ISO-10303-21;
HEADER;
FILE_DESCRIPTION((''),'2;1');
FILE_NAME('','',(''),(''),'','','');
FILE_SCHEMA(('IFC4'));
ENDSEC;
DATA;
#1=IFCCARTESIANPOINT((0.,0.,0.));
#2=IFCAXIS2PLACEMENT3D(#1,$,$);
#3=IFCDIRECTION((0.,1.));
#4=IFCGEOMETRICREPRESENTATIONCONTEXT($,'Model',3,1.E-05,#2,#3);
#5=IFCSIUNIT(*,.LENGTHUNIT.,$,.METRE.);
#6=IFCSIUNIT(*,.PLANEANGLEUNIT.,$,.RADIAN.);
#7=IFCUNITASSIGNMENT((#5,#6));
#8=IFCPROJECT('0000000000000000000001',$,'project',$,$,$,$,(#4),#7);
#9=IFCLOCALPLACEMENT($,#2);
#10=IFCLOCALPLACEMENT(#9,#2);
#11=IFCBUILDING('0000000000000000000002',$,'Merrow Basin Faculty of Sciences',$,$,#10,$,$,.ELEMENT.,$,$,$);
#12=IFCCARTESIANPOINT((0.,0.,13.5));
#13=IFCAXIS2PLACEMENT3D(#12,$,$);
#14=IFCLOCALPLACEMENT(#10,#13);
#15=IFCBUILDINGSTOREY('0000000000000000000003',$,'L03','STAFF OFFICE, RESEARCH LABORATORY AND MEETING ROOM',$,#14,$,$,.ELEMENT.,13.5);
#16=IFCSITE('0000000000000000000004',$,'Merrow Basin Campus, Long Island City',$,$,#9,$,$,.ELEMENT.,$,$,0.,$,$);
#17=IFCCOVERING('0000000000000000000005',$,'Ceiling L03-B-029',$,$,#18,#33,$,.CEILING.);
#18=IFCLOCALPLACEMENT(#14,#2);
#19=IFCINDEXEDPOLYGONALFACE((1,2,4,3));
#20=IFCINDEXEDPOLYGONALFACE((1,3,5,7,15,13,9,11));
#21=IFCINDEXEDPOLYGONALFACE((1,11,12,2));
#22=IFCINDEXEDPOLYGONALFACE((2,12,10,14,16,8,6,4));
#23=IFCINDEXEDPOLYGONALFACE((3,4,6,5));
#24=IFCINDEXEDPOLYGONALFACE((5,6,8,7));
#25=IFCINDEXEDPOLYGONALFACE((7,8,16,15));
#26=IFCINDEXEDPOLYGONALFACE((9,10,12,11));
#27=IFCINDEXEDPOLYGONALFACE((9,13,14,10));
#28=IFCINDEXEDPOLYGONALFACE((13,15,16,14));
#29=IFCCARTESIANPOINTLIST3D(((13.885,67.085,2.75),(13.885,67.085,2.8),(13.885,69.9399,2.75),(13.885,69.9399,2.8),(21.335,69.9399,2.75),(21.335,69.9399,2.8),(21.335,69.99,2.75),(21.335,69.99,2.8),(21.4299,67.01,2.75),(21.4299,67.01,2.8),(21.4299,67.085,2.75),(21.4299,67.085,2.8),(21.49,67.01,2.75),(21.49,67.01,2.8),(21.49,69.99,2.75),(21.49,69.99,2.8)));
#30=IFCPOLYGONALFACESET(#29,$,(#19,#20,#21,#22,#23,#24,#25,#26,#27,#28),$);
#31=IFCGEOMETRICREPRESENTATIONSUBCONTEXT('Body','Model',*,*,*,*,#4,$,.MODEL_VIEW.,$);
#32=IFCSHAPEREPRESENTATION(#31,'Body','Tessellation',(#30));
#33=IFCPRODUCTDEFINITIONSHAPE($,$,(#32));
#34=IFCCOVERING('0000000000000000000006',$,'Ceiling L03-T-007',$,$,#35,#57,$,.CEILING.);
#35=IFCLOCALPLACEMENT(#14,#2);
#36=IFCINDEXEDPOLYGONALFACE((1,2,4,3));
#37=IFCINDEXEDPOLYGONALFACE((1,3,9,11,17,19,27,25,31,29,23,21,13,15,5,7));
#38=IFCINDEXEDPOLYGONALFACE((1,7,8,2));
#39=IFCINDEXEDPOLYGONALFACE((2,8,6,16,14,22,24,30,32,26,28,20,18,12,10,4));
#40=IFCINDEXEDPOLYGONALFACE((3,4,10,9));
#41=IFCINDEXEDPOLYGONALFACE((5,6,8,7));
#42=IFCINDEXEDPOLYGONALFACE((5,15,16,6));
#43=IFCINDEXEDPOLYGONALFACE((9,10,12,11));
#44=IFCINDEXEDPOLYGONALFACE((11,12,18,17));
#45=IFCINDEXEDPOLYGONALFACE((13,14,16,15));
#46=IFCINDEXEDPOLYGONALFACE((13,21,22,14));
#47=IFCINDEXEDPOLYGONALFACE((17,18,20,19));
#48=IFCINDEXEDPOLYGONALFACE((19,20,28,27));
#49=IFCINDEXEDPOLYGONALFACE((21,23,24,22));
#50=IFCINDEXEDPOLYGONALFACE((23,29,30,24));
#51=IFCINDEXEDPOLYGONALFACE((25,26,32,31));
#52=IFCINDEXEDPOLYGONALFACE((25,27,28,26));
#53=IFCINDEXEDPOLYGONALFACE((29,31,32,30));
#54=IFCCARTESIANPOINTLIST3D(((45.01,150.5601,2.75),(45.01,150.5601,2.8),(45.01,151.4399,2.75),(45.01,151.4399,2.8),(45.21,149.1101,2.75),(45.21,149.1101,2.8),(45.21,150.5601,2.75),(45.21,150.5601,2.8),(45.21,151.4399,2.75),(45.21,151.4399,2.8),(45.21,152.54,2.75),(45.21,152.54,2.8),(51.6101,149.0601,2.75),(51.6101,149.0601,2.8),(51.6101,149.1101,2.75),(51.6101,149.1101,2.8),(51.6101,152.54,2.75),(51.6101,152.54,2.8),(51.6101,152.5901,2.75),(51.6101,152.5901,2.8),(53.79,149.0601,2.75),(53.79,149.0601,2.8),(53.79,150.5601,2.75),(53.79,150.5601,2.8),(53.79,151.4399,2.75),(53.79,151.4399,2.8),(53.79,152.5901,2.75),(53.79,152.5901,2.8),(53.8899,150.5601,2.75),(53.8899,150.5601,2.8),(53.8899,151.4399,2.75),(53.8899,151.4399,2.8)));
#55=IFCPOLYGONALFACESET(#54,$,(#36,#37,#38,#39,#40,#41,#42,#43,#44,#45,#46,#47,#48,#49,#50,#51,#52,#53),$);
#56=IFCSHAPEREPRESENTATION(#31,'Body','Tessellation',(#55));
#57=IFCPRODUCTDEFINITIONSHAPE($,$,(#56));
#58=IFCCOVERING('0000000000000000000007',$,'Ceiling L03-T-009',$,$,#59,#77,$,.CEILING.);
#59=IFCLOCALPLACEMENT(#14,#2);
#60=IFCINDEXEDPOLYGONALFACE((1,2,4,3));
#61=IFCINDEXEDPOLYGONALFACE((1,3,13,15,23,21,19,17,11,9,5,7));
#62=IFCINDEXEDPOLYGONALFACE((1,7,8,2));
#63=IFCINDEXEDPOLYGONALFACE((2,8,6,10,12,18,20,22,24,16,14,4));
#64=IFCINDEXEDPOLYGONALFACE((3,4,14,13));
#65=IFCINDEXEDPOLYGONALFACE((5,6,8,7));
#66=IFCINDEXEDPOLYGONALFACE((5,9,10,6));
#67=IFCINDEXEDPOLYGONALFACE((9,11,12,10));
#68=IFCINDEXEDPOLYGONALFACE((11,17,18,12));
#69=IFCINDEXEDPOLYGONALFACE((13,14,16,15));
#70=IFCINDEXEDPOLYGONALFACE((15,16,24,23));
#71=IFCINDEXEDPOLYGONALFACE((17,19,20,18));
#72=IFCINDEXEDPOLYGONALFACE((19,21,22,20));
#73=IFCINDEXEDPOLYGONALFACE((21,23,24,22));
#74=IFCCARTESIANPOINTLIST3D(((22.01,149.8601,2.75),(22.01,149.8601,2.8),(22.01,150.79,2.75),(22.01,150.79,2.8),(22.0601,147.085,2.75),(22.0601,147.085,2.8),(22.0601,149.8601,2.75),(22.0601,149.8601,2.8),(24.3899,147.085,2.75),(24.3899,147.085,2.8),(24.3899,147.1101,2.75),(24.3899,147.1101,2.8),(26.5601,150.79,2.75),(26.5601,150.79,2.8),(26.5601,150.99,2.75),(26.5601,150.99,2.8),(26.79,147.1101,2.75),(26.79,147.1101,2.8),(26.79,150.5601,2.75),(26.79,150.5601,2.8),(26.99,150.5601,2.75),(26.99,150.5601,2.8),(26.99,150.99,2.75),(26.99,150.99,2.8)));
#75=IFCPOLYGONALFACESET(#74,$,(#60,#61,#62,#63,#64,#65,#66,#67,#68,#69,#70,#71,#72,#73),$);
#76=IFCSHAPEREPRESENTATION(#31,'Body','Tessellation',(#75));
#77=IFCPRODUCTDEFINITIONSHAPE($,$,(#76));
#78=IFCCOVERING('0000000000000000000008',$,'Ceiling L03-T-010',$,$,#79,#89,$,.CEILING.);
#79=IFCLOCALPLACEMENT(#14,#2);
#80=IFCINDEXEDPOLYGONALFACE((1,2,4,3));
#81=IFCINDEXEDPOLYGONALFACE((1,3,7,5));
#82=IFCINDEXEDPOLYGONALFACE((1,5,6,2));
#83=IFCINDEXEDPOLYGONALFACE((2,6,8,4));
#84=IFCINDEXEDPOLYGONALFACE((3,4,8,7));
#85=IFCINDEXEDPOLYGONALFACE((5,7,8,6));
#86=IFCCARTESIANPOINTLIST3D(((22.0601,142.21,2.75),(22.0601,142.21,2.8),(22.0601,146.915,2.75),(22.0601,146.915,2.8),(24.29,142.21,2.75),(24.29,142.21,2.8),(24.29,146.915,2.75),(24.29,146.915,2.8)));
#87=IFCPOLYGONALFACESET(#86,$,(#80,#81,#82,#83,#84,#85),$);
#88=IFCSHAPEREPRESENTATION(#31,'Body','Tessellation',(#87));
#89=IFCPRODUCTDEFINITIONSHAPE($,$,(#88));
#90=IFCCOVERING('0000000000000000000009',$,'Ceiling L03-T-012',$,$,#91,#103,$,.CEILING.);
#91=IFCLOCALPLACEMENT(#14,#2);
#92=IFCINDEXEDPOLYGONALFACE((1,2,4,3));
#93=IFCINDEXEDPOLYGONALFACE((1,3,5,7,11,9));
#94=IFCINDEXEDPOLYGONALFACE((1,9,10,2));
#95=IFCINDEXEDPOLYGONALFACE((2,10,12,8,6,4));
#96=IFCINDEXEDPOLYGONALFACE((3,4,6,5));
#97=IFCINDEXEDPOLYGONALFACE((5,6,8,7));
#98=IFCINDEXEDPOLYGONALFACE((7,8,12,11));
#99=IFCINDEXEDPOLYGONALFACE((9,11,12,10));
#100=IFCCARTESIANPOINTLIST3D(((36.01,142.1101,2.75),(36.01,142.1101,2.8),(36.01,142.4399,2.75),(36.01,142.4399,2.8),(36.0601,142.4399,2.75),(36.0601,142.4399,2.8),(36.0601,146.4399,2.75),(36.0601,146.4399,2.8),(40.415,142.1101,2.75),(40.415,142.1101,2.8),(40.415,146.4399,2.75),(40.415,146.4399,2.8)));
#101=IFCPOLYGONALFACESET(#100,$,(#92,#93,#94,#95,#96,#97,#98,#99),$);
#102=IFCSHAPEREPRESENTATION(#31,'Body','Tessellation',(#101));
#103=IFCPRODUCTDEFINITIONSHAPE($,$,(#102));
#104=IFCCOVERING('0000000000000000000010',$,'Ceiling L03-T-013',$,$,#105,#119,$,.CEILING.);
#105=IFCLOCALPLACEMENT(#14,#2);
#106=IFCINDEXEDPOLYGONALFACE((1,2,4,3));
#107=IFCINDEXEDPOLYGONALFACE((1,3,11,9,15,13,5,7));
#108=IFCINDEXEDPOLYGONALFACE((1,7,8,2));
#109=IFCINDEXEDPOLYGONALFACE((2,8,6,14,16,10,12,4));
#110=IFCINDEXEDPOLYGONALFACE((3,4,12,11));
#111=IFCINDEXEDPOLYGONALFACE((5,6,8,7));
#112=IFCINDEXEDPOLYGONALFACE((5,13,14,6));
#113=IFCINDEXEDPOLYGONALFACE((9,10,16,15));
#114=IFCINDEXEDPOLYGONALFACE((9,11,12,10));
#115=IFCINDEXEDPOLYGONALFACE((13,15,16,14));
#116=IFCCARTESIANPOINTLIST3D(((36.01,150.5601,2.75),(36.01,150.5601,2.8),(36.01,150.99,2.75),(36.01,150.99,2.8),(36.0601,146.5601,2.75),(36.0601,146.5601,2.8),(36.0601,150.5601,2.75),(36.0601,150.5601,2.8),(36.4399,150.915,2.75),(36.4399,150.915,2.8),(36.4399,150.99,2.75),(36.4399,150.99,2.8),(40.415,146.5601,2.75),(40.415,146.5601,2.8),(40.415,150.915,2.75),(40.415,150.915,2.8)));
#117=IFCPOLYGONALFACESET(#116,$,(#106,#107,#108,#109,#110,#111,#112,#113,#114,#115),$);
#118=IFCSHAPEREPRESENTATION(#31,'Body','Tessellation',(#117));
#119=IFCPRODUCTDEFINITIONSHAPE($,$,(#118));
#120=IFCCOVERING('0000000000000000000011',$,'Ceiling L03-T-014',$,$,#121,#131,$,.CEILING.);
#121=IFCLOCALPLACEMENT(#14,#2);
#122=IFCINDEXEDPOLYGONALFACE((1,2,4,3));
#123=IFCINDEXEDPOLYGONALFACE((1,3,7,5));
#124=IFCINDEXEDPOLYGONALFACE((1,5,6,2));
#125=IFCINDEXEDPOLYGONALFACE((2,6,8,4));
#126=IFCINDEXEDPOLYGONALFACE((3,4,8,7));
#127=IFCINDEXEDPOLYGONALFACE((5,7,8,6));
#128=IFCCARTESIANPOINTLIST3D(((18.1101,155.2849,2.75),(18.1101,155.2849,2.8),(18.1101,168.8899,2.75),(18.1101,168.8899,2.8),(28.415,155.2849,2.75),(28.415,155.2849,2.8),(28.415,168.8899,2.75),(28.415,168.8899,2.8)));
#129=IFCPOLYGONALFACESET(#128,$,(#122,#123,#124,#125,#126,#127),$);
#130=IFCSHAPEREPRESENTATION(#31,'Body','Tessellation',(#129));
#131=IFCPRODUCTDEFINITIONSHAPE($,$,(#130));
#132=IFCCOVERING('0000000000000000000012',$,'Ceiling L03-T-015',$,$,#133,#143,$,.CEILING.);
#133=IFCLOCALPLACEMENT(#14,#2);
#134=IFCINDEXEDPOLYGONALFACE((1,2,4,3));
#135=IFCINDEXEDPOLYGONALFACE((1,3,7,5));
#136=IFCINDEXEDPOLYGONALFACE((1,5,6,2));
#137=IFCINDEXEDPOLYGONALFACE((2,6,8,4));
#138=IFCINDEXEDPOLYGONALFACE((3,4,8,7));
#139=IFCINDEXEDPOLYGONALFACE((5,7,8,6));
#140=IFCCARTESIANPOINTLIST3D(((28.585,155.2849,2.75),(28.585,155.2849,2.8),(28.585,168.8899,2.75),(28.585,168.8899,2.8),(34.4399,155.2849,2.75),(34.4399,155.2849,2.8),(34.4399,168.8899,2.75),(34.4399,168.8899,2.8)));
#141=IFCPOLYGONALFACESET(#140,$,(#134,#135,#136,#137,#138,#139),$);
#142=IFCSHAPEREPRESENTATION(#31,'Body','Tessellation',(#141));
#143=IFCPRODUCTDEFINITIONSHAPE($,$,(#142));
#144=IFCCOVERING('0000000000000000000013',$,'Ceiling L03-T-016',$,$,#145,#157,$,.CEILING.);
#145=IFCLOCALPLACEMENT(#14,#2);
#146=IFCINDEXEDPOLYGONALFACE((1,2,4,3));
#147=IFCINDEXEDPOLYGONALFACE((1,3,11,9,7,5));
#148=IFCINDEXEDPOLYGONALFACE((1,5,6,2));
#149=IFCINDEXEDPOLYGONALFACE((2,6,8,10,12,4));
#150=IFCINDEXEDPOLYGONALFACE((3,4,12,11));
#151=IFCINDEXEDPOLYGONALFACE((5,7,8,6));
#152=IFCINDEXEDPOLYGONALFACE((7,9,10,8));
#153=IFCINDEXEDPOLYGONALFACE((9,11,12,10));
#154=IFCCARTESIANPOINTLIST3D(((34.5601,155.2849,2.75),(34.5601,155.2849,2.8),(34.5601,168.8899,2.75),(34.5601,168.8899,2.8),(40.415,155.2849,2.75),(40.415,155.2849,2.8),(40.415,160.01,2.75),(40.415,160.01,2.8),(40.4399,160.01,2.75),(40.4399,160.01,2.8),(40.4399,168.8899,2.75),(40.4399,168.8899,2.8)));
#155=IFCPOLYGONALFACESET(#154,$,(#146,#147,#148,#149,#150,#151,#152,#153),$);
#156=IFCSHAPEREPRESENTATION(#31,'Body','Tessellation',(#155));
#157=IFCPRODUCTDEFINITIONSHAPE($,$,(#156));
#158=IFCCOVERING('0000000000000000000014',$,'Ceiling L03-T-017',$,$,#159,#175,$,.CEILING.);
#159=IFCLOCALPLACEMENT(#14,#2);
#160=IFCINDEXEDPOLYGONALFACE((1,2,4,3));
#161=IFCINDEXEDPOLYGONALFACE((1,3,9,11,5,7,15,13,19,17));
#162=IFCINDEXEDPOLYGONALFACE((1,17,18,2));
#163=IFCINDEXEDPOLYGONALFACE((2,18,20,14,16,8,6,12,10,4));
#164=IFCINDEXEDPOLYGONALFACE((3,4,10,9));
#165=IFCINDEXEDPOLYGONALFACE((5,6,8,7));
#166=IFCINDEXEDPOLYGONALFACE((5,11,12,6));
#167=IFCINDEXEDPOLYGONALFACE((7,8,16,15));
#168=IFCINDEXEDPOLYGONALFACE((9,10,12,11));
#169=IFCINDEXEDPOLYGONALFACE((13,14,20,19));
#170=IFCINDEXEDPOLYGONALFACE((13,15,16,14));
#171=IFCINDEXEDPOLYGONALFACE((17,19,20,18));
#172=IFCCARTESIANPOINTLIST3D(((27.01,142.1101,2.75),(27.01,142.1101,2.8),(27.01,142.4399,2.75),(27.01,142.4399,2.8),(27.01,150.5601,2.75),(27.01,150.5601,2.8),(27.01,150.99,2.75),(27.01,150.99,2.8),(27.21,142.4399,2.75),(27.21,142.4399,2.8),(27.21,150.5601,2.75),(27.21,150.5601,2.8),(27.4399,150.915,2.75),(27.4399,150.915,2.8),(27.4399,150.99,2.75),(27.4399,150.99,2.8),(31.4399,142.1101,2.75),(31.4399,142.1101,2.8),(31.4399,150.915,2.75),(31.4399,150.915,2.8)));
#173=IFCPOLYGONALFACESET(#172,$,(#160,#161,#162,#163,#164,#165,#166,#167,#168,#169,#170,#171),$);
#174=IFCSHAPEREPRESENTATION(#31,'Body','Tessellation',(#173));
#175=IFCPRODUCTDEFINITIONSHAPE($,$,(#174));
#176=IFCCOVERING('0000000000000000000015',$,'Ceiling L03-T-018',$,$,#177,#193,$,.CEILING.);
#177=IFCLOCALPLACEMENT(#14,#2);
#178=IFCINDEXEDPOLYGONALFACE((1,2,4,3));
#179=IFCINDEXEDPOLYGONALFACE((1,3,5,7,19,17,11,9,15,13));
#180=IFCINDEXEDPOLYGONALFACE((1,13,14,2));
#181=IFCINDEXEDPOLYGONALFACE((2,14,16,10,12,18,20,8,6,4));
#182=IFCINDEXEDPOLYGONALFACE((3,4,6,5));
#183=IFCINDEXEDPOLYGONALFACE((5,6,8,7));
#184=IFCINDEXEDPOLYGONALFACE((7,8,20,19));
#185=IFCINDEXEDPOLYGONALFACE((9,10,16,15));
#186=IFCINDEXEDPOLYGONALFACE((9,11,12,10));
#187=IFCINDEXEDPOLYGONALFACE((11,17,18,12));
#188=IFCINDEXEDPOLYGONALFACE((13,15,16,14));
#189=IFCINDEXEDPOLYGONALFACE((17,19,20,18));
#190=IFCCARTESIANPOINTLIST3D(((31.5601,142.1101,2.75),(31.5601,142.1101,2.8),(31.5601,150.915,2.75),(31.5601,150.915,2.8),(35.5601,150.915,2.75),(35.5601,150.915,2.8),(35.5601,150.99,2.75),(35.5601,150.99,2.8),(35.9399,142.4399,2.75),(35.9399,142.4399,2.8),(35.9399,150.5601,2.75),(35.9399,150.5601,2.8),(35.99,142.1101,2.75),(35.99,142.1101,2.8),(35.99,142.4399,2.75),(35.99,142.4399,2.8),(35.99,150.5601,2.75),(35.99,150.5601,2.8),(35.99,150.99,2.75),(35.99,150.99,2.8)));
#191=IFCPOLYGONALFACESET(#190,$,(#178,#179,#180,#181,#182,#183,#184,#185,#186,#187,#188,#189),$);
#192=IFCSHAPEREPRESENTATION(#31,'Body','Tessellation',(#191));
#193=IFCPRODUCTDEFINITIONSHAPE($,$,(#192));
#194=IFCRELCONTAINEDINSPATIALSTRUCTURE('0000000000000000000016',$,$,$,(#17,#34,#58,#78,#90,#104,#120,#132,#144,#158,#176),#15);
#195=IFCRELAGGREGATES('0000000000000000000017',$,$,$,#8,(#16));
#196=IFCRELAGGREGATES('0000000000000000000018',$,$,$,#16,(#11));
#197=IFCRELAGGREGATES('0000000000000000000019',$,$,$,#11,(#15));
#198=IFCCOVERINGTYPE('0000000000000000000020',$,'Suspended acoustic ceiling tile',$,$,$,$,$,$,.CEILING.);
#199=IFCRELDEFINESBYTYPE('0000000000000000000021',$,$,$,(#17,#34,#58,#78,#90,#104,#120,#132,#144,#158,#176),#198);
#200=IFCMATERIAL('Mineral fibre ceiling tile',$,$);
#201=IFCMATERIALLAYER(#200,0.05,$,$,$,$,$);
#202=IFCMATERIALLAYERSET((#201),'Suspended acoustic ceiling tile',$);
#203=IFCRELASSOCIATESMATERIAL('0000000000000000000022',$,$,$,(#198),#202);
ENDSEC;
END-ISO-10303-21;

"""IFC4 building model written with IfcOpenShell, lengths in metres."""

from ifc_helpers import new_model, si_unit, direction, frame, origin, place, context, subcontext, project, spatial, polyline, outline, extrude, material, layer, layer_set, type_object, element, save


model = new_model("IFC4")

# Units and contexts
model_context = context("Model", 3, precision=1e-05, world=origin(), true_north=direction((0.0, 1.0)))
body_context = subcontext(model_context, "Body", "Model", "MODEL_VIEW")
ifc_project = project(units=[si_unit("LENGTHUNIT", "METRE"), si_unit("PLANEANGLEUNIT", "RADIAN")], contexts=[model_context])

# Site, building, storey
site_placement = place(None, origin())
site = spatial("IfcSite", under=ifc_project, at=site_placement, Name="Merrow Basin Campus, Long Island City", CompositionType="ELEMENT", RefElevation=0.0)
building_placement = place(site_placement, origin())
building = spatial("IfcBuilding", under=site, at=building_placement, Name="Merrow Basin Faculty of Sciences", CompositionType="ELEMENT")
storey_placement = place(building_placement, frame((0.0, 0.0, 13.5)))
storey = spatial("IfcBuildingStorey", under=building, at=storey_placement, Name="L03", Description="STAFF OFFICE, RESEARCH LABORATORY AND MEETING ROOM", CompositionType="ELEMENT", Elevation=13.5)

# Coverings
ifc_material_1 = material(Name="Mineral fibre ceiling tile")
ifc_layer_1 = layer(ifc_material_1, 0.05)
ifc_layer_set_1 = layer_set([ifc_layer_1], Name="Suspended acoustic ceiling tile")
covering_type = type_object("IfcCoveringType", Name="Suspended acoustic ceiling tile", PredefinedType="CEILING", material=ifc_layer_set_1)
covering_1_placement = place(storey_placement, frame((0.0, 0.0, 2.75)))
element("IfcCovering", 1, at=covering_1_placement, inside=storey, type_object=covering_type, Name="Ceiling L03-B-029", PredefinedType="CEILING", context=body_context, shape_type="SweptSolid", body=[
    extrude(outline(polyline([(21.49, 69.99), (21.49, 67.01), (21.4299, 67.01), (21.4299, 67.085), (13.885, 67.085), (13.885, 69.9399), (21.335, 69.9399), (21.335, 69.99), (21.49, 69.99)])), origin(), (0.0, 0.0, 1.0), 0.05),
])
covering_2_placement = place(storey_placement, frame((0.0, 0.0, 2.75)))
element("IfcCovering", 2, at=covering_2_placement, inside=storey, type_object=covering_type, Name="Ceiling L03-T-007", PredefinedType="CEILING", context=body_context, shape_type="SweptSolid", body=[
    extrude(outline(polyline([(45.01, 151.4399), (45.21, 151.4399), (45.21, 152.54), (51.6101, 152.54), (51.6101, 152.5901), (53.79, 152.5901), (53.79, 151.4399), (53.8899, 151.4399), (53.8899, 150.5601), (53.79, 150.5601), (53.79, 149.0601), (51.6101, 149.0601), (51.6101, 149.1101), (45.21, 149.1101), (45.21, 150.5601), (45.01, 150.5601), (45.01, 151.4399)])), origin(), (0.0, 0.0, 1.0), 0.05),
])
covering_3_placement = place(storey_placement, frame((0.0, 0.0, 2.75)))
element("IfcCovering", 3, at=covering_3_placement, inside=storey, type_object=covering_type, Name="Ceiling L03-T-009", PredefinedType="CEILING", context=body_context, shape_type="SweptSolid", body=[
    extrude(outline(polyline([(26.99, 150.99), (26.99, 150.5601), (26.79, 150.5601), (26.79, 147.1101), (24.3899, 147.1101), (24.3899, 147.085), (22.0601, 147.085), (22.0601, 149.8601), (22.01, 149.8601), (22.01, 150.79), (26.5601, 150.79), (26.5601, 150.99), (26.99, 150.99)])), origin(), (0.0, 0.0, 1.0), 0.05),
])
covering_4_placement = place(storey_placement, frame((0.0, 0.0, 2.75)))
element("IfcCovering", 4, at=covering_4_placement, inside=storey, type_object=covering_type, Name="Ceiling L03-T-010", PredefinedType="CEILING", context=body_context, shape_type="SweptSolid", body=[
    extrude(outline(polyline([(24.29, 146.915), (24.29, 142.21), (22.0601, 142.21), (22.0601, 146.915), (24.29, 146.915)])), origin(), (0.0, 0.0, 1.0), 0.05),
])
covering_5_placement = place(storey_placement, frame((0.0, 0.0, 2.75)))
element("IfcCovering", 5, at=covering_5_placement, inside=storey, type_object=covering_type, Name="Ceiling L03-T-012", PredefinedType="CEILING", context=body_context, shape_type="SweptSolid", body=[
    extrude(outline(polyline([(36.01, 142.1101), (36.01, 142.4399), (36.0601, 142.4399), (36.0601, 146.4399), (40.415, 146.4399), (40.415, 142.1101), (36.01, 142.1101)])), origin(), (0.0, 0.0, 1.0), 0.05),
])
covering_6_placement = place(storey_placement, frame((0.0, 0.0, 2.75)))
element("IfcCovering", 6, at=covering_6_placement, inside=storey, type_object=covering_type, Name="Ceiling L03-T-013", PredefinedType="CEILING", context=body_context, shape_type="SweptSolid", body=[
    extrude(outline(polyline([(36.01, 150.99), (36.4399, 150.99), (36.4399, 150.915), (40.415, 150.915), (40.415, 146.5601), (36.0601, 146.5601), (36.0601, 150.5601), (36.01, 150.5601), (36.01, 150.99)])), origin(), (0.0, 0.0, 1.0), 0.05),
])
covering_7_placement = place(storey_placement, frame((0.0, 0.0, 2.75)))
element("IfcCovering", 7, at=covering_7_placement, inside=storey, type_object=covering_type, Name="Ceiling L03-T-014", PredefinedType="CEILING", context=body_context, shape_type="SweptSolid", body=[
    extrude(outline(polyline([(18.1101, 168.8899), (28.415, 168.8899), (28.415, 155.2849), (18.1101, 155.2849), (18.1101, 168.8899)])), origin(), (0.0, 0.0, 1.0), 0.05),
])
covering_8_placement = place(storey_placement, frame((0.0, 0.0, 2.75)))
element("IfcCovering", 8, at=covering_8_placement, inside=storey, type_object=covering_type, Name="Ceiling L03-T-015", PredefinedType="CEILING", context=body_context, shape_type="SweptSolid", body=[
    extrude(outline(polyline([(34.4399, 155.2849), (28.585, 155.2849), (28.585, 168.8899), (34.4399, 168.8899), (34.4399, 155.2849)])), origin(), (0.0, 0.0, 1.0), 0.05),
])
covering_9_placement = place(storey_placement, frame((0.0, 0.0, 2.75)))
element("IfcCovering", 9, at=covering_9_placement, inside=storey, type_object=covering_type, Name="Ceiling L03-T-016", PredefinedType="CEILING", context=body_context, shape_type="SweptSolid", body=[
    extrude(outline(polyline([(34.5601, 155.2849), (34.5601, 168.8899), (40.4399, 168.8899), (40.4399, 160.01), (40.415, 160.01), (40.415, 155.2849), (34.5601, 155.2849)])), origin(), (0.0, 0.0, 1.0), 0.05),
])
covering_10_placement = place(storey_placement, frame((0.0, 0.0, 2.75)))
element("IfcCovering", 10, at=covering_10_placement, inside=storey, type_object=covering_type, Name="Ceiling L03-T-017", PredefinedType="CEILING", context=body_context, shape_type="SweptSolid", body=[
    extrude(outline(polyline([(27.4399, 150.99), (27.4399, 150.915), (31.4399, 150.915), (31.4399, 142.1101), (27.01, 142.1101), (27.01, 142.4399), (27.21, 142.4399), (27.21, 150.5601), (27.01, 150.5601), (27.01, 150.99), (27.4399, 150.99)])), origin(), (0.0, 0.0, 1.0), 0.05),
])
covering_11_placement = place(storey_placement, frame((0.0, 0.0, 2.75)))
element("IfcCovering", 11, at=covering_11_placement, inside=storey, type_object=covering_type, Name="Ceiling L03-T-018", PredefinedType="CEILING", context=body_context, shape_type="SweptSolid", body=[
    extrude(outline(polyline([(35.99, 150.99), (35.99, 150.5601), (35.9399, 150.5601), (35.9399, 142.4399), (35.99, 142.4399), (35.99, 142.1101), (31.5601, 142.1101), (31.5601, 150.915), (35.5601, 150.915), (35.5601, 150.99), (35.99, 150.99)])), origin(), (0.0, 0.0, 1.0), 0.05),
])

save(model, "model.ifc")
